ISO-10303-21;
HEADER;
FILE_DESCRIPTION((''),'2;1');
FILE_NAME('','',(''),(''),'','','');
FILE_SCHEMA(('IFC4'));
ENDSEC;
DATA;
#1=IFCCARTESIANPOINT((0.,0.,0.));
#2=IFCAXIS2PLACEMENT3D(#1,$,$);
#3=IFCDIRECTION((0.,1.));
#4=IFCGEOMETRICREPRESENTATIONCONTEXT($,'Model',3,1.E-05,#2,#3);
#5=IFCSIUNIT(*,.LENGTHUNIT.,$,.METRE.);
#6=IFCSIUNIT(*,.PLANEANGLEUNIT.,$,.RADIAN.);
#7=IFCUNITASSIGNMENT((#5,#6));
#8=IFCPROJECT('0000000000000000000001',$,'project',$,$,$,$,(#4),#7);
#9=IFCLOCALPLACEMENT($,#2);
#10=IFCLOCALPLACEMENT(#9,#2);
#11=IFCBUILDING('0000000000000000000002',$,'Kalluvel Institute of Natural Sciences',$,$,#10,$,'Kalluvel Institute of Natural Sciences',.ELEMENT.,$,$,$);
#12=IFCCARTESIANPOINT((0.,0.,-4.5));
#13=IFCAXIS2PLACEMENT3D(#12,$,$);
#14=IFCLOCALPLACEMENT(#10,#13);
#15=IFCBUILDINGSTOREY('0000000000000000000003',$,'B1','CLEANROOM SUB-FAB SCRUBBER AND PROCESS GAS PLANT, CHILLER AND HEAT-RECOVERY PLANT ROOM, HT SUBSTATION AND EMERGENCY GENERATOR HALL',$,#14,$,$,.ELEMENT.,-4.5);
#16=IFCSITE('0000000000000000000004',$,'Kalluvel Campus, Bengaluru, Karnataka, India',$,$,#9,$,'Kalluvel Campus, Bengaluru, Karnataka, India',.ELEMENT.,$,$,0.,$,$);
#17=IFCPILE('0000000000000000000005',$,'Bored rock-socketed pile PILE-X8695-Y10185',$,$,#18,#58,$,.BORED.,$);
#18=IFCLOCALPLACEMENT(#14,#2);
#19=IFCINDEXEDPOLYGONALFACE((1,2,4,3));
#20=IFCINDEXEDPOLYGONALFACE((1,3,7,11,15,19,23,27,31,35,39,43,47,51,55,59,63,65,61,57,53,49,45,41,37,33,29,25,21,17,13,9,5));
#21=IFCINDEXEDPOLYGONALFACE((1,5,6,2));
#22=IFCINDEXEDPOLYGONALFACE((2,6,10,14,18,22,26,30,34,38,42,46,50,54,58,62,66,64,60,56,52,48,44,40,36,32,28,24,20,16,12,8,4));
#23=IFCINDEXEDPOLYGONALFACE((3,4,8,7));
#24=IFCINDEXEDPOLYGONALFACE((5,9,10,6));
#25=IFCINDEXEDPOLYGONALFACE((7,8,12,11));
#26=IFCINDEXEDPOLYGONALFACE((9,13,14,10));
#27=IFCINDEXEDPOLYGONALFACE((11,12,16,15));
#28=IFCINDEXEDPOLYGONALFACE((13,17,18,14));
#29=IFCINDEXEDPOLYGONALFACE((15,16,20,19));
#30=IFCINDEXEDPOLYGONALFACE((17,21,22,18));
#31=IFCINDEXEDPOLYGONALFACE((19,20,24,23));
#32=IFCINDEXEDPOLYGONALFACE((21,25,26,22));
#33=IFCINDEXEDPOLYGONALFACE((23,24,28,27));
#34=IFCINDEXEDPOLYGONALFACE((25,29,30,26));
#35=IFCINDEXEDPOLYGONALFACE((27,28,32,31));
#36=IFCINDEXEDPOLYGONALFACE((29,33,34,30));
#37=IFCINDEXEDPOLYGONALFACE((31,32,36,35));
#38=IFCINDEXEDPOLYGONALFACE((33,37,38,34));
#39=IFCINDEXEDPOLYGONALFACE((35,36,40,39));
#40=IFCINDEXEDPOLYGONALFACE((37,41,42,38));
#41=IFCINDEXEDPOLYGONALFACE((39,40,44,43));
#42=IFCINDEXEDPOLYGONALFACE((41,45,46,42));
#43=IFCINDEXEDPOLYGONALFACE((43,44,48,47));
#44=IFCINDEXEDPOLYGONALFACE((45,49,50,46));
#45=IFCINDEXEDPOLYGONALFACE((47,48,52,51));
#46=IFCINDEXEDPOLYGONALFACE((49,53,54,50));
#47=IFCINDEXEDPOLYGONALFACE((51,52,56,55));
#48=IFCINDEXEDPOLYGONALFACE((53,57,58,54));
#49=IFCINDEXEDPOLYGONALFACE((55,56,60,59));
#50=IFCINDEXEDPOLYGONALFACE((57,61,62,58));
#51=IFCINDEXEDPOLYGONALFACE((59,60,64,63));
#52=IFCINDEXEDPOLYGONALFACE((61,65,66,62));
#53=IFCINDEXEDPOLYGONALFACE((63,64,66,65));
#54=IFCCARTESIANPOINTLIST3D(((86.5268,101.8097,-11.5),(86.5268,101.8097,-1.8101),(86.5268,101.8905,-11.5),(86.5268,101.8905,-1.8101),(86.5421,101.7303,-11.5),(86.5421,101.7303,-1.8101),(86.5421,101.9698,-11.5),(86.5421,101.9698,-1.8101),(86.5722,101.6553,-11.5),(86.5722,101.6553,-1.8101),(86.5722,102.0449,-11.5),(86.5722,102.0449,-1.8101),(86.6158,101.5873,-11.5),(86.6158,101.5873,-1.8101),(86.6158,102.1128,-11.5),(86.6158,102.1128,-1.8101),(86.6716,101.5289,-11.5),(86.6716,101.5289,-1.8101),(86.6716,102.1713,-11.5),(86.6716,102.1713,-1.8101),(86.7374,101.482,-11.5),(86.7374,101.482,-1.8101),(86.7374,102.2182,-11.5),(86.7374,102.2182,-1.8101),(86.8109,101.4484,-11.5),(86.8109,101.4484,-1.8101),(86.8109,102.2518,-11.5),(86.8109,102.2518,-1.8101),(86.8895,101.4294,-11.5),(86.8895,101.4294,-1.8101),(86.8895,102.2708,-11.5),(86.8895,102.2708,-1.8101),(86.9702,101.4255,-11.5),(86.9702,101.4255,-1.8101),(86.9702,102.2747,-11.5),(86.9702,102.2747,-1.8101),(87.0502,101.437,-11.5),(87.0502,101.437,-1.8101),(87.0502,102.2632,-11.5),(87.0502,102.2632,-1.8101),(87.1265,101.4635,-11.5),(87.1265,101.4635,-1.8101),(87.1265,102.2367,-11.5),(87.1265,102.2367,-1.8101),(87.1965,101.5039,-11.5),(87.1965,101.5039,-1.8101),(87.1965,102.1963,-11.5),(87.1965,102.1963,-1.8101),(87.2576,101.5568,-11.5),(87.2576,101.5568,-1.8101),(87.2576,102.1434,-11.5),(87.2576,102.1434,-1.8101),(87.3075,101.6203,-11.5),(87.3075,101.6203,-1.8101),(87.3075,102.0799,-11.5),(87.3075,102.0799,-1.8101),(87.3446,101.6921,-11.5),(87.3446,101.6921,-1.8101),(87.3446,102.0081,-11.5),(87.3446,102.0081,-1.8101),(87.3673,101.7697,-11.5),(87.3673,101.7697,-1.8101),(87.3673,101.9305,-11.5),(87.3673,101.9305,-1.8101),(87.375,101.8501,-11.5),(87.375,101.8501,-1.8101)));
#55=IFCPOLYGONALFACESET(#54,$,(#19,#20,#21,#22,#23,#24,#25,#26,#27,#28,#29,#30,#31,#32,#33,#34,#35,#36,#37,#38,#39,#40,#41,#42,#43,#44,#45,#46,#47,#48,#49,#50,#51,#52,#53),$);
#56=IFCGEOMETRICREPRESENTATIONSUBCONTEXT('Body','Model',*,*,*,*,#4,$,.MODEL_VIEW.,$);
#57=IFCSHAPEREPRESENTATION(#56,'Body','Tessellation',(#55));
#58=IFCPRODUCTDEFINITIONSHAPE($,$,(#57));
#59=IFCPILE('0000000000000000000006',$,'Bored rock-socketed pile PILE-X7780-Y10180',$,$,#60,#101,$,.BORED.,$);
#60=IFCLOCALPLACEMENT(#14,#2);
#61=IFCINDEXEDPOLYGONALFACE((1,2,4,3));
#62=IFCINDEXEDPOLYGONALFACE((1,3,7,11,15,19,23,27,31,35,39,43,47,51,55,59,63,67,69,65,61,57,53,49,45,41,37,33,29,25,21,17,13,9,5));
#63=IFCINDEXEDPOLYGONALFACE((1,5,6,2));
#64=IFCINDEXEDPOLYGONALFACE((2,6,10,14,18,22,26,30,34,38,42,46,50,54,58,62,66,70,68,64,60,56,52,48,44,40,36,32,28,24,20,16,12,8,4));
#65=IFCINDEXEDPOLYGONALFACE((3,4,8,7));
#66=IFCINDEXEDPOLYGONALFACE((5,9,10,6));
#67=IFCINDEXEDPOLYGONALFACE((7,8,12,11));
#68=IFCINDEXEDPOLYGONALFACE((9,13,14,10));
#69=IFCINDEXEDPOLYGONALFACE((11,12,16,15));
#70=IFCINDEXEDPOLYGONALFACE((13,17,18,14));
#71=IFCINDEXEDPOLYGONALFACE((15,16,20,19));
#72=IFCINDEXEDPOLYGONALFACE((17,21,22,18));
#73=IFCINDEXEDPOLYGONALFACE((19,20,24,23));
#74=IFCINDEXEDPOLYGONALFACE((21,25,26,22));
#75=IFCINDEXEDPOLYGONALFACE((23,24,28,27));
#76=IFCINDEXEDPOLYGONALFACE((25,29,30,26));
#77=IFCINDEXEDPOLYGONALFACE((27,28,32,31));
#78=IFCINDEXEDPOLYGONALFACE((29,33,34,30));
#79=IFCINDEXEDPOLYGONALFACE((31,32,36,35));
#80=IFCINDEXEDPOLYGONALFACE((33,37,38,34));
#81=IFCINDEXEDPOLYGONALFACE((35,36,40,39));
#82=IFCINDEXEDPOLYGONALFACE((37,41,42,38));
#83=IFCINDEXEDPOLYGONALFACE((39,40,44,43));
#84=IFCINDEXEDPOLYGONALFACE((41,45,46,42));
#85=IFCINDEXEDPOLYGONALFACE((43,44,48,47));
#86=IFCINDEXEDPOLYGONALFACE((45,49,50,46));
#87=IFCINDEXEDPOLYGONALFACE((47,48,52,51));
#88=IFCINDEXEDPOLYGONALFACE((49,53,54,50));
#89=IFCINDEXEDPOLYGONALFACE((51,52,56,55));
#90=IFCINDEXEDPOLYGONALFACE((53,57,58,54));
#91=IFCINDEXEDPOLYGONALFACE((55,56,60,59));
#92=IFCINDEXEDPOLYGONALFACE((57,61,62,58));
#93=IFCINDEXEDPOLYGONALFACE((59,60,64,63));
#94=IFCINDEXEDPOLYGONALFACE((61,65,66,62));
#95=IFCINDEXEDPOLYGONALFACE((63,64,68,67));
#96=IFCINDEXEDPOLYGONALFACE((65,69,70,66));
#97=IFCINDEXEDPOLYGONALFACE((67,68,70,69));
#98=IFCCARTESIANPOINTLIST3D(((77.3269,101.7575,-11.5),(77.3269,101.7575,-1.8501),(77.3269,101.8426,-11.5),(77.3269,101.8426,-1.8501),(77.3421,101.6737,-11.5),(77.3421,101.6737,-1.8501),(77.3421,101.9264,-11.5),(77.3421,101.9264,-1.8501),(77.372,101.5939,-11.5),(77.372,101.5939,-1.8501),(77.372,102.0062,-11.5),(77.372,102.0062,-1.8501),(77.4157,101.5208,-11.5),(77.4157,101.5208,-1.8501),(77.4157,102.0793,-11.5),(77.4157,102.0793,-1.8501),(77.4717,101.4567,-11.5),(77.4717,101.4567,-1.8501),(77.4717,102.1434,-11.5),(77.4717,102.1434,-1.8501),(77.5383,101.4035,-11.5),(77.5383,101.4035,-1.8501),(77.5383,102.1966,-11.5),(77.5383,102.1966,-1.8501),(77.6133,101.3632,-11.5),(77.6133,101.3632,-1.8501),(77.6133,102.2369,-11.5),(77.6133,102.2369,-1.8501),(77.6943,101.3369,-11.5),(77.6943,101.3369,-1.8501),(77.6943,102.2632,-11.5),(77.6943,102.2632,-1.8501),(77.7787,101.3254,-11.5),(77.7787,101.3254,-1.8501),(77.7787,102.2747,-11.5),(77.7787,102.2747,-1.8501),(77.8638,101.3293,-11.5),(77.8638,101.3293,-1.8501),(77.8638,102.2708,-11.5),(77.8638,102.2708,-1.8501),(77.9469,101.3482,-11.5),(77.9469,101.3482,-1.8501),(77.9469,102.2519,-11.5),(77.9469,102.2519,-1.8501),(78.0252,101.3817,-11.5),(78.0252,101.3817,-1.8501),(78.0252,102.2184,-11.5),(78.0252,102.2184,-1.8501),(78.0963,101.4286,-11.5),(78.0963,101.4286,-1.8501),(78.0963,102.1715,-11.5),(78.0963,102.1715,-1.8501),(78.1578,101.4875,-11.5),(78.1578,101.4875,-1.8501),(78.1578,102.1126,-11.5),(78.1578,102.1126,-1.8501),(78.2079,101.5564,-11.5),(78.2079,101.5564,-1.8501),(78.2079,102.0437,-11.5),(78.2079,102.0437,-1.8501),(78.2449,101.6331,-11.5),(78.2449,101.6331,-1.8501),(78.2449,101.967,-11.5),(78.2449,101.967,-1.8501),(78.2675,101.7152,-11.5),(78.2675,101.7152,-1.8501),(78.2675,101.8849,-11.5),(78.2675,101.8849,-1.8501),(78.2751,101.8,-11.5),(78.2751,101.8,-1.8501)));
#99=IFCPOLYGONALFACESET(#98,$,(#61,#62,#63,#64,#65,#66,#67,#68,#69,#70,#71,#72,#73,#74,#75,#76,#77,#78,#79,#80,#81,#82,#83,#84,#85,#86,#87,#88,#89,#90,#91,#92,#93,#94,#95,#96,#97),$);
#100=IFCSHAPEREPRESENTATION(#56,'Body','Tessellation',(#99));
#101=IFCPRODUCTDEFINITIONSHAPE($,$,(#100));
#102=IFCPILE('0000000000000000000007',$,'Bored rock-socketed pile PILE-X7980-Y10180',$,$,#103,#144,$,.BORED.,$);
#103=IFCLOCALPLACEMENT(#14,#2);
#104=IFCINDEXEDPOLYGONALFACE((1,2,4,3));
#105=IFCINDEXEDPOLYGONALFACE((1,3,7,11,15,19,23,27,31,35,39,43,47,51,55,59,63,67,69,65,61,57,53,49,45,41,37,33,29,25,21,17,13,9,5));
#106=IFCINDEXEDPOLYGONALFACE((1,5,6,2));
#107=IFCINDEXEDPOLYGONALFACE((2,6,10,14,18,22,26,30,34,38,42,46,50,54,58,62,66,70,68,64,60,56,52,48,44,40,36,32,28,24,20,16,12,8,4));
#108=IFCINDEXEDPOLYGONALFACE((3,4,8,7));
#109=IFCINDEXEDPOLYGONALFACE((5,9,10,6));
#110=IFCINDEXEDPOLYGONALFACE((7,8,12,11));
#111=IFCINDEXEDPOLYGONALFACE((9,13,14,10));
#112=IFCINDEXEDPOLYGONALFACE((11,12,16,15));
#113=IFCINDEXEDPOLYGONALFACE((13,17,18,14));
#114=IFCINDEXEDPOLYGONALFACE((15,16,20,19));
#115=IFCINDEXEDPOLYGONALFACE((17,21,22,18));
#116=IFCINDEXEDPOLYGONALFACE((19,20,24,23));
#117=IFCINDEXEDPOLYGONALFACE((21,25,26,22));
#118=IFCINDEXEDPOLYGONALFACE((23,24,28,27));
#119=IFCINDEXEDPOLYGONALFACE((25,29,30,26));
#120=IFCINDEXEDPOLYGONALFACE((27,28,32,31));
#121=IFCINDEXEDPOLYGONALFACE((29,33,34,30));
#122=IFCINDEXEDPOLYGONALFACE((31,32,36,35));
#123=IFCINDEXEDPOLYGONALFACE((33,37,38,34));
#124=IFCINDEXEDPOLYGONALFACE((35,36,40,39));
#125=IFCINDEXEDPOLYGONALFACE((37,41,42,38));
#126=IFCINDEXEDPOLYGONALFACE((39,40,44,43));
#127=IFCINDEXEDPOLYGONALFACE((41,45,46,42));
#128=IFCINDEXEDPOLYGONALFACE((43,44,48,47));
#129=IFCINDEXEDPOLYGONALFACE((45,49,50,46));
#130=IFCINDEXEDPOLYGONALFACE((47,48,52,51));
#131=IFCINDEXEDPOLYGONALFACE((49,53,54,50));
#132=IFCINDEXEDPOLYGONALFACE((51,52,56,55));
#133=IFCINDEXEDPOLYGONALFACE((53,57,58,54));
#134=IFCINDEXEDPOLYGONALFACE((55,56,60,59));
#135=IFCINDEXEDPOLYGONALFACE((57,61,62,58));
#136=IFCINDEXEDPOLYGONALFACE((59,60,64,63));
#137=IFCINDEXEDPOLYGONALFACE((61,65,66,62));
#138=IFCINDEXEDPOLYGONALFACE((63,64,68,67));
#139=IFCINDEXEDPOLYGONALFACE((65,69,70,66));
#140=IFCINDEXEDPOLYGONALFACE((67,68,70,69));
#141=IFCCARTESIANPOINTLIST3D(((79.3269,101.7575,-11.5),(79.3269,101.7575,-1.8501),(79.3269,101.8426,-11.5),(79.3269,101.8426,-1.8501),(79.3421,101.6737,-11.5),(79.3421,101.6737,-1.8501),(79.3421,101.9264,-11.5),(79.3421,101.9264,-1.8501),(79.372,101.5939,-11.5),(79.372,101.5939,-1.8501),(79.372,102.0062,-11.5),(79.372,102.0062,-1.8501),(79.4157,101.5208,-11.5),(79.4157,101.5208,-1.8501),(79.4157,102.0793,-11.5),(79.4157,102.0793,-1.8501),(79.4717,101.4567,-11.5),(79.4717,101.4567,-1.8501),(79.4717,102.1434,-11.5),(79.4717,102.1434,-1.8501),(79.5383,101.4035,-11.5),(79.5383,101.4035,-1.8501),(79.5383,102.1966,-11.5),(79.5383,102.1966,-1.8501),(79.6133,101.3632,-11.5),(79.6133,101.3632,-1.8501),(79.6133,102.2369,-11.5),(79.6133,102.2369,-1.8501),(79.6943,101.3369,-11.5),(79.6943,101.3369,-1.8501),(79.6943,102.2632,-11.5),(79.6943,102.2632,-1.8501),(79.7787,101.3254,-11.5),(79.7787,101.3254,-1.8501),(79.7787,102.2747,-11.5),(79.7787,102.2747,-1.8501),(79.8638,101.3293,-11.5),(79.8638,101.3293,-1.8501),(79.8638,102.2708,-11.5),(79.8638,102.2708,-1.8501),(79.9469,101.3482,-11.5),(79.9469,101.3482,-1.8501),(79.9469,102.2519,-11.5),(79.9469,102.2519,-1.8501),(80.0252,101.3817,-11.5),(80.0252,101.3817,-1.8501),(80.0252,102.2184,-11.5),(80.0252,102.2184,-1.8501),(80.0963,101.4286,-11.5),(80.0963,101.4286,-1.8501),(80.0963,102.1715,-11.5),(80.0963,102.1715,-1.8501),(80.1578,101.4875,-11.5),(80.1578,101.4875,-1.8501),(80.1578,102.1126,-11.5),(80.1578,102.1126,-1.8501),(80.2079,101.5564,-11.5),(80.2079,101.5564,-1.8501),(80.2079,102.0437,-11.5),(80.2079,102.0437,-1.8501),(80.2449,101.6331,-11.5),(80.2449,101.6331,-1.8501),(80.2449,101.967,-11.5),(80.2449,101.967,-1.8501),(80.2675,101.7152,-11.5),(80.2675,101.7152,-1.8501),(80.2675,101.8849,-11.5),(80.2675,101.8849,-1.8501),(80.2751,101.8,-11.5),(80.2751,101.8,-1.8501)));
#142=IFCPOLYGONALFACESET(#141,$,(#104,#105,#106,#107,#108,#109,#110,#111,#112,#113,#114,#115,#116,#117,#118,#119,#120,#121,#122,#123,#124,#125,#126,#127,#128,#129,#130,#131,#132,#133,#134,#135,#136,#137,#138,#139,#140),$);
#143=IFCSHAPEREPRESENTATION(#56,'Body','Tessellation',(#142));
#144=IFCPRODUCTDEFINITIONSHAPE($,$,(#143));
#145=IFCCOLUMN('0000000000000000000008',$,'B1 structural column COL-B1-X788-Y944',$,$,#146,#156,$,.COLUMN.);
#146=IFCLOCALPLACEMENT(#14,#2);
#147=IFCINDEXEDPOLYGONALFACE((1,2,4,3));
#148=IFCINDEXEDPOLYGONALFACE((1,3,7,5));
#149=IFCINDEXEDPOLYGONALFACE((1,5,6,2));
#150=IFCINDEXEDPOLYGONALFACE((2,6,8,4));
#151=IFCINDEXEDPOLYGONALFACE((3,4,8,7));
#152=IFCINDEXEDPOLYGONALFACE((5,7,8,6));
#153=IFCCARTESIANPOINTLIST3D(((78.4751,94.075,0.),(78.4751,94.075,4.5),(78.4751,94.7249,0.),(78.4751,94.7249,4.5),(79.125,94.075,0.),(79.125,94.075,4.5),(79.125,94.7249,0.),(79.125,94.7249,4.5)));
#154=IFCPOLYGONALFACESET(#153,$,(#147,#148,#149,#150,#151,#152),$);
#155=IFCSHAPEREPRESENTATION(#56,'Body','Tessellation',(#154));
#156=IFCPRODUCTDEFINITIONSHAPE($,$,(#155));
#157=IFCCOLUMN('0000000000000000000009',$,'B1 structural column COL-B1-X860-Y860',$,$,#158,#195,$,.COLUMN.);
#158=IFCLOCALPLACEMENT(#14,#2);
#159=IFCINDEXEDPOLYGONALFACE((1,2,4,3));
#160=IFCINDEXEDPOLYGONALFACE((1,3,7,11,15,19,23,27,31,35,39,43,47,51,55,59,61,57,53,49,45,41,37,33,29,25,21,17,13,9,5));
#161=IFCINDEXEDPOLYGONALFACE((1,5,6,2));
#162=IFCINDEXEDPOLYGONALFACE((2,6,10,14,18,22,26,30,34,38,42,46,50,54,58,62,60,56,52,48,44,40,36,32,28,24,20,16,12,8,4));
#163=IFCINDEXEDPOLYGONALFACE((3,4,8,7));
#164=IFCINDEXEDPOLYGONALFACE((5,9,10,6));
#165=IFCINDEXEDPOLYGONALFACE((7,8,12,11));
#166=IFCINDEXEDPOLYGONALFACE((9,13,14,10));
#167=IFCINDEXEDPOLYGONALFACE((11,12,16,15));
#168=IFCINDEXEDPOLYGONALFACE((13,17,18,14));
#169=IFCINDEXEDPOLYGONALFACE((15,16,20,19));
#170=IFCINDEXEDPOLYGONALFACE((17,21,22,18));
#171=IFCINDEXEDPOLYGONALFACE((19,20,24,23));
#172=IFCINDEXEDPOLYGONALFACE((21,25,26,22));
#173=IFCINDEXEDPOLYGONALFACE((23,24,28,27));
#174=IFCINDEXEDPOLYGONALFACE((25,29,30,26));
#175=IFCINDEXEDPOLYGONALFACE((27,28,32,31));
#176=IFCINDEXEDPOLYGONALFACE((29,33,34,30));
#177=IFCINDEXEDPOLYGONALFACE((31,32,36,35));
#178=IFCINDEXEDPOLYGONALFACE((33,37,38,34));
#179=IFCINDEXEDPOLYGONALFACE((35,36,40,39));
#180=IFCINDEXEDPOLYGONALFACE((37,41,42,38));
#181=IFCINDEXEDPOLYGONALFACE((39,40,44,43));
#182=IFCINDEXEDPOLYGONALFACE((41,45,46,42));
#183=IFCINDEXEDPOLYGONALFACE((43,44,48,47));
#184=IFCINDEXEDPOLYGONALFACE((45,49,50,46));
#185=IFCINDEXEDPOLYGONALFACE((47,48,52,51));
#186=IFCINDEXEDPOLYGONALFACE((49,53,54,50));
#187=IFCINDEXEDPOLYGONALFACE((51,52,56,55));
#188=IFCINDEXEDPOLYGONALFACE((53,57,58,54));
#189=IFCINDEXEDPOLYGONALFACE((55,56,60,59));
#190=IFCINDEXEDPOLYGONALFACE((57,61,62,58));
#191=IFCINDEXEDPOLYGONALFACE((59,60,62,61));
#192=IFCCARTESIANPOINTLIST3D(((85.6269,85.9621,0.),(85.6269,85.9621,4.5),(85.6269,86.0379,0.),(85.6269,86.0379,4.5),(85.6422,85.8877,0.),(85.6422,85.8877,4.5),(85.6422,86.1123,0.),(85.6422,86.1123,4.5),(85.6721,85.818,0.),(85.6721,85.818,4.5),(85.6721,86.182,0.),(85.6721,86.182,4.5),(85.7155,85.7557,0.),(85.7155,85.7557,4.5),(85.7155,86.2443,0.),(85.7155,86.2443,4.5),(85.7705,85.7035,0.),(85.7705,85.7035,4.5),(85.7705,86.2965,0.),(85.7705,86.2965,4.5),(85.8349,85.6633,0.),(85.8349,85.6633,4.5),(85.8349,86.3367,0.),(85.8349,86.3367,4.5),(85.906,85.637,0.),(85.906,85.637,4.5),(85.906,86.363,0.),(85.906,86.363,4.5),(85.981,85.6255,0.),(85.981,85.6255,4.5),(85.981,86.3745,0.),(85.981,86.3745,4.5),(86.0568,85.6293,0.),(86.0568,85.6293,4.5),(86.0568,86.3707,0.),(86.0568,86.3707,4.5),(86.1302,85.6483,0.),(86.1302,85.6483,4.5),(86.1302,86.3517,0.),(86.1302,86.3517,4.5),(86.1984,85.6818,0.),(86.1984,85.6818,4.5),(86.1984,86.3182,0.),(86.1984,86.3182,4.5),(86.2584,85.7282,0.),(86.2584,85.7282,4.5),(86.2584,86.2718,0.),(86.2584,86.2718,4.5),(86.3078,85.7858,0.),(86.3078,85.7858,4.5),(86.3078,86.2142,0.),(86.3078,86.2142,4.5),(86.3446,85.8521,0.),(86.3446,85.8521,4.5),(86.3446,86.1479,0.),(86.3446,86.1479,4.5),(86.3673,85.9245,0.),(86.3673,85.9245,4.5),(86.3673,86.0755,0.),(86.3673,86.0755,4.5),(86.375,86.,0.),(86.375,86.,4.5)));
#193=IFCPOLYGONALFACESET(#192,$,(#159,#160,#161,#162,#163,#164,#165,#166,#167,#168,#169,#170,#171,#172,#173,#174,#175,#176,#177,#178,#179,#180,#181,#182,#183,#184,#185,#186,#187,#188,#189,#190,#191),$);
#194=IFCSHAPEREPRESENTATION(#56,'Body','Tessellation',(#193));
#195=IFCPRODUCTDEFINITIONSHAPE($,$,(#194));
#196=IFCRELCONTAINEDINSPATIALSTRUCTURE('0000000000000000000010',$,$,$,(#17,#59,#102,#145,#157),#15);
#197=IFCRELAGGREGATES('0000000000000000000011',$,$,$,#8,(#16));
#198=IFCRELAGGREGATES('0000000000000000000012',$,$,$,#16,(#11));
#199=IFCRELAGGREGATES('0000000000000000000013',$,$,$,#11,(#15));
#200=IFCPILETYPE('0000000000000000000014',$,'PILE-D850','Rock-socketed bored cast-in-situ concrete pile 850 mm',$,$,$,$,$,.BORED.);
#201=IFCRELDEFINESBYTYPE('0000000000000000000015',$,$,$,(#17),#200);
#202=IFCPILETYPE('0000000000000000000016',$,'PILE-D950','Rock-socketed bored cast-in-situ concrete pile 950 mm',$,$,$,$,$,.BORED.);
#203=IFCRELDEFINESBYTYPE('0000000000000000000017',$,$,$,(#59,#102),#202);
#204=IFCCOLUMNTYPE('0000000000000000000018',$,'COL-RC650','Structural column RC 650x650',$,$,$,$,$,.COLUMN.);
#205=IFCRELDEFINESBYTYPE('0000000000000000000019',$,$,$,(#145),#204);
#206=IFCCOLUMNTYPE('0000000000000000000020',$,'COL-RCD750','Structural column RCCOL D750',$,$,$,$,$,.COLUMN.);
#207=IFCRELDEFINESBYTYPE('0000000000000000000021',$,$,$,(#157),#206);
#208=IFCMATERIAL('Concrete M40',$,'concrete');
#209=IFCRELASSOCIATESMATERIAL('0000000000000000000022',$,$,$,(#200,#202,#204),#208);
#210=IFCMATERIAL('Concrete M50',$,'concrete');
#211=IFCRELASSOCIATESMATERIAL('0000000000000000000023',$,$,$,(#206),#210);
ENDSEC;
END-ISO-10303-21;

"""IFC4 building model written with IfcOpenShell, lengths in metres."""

from ifc_helpers import new_model, si_unit, direction, frame, origin, origin_2d, place, context, subcontext, project, spatial, rectangle, circle, extrude, material, material_profile, profile_set, type_object, element, save


model = new_model("IFC4")

# Units and contexts
model_context = context("Model", 3, precision=1e-05, world=origin(), true_north=direction((0.0, 1.0)))
body_context = subcontext(model_context, "Body", "Model", "MODEL_VIEW")
ifc_project = project(units=[si_unit("LENGTHUNIT", "METRE"), si_unit("PLANEANGLEUNIT", "RADIAN")], contexts=[model_context])

# Site, building, storey
site_placement = place(None, origin())
site = spatial("IfcSite", under=ifc_project, at=site_placement, Name="Kalluvel Campus, Bengaluru, Karnataka, India", LongName="Kalluvel Campus, Bengaluru, Karnataka, India", CompositionType="ELEMENT", RefElevation=0.0)
building_placement = place(site_placement, origin())
building = spatial("IfcBuilding", under=site, at=building_placement, Name="Kalluvel Institute of Natural Sciences", LongName="Kalluvel Institute of Natural Sciences", CompositionType="ELEMENT")
storey_placement = place(building_placement, frame((0.0, 0.0, -4.5)))
storey = spatial("IfcBuildingStorey", under=building, at=storey_placement, Name="B1", Description="CLEANROOM SUB-FAB SCRUBBER AND PROCESS GAS PLANT, CHILLER AND HEAT-RECOVERY PLANT ROOM, HT SUBSTATION AND EMERGENCY GENERATOR HALL", CompositionType="ELEMENT", Elevation=-4.5)

# Shared definitions
ifc_material_1 = material(Name="Concrete M40", Category="concrete")

# Piles
ifc_material_profile_1 = material_profile(ifc_material_1, circle(Radius=0.425, at=origin_2d()), Name="PILE D850")
ifc_profile_set_1 = profile_set([ifc_material_profile_1], Name="Concrete M40")
pile_type_1 = type_object("IfcPileType", Name="PILE-D850", Description="Rock-socketed bored cast-in-situ concrete pile 850 mm", PredefinedType="BORED", material=ifc_profile_set_1)
for number, where, z_axis, x_axis, name in (
    (1, (86.95, 101.8501, -1.8101), (0.0, 0.0, -1.0), (1.0, 0.0, 0.0), "Bored rock-socketed pile PILE-X8695-Y10185"),
):
    element("IfcPile", number, at=place(storey_placement, frame(where, z_axis=z_axis, x_axis=x_axis)), inside=storey, type_object=pile_type_1, Name=name, PredefinedType="BORED", context=body_context, shape_type="SweptSolid", body=[
        extrude(circle(Radius=0.425, at=origin_2d()), origin(), (0.0, 0.0, 1.0), 9.6899),
    ])
ifc_material_profile_2 = material_profile(ifc_material_1, circle(Radius=0.4751, at=origin_2d()), Name="PILE D950")
ifc_profile_set_2 = profile_set([ifc_material_profile_2], Name="Concrete M40")
pile_type_2 = type_object("IfcPileType", Name="PILE-D950", Description="Rock-socketed bored cast-in-situ concrete pile 950 mm", PredefinedType="BORED", material=ifc_profile_set_2)
for number, where, z_axis, x_axis, name in (
    (2, (77.8, 101.8, -1.8501), (0.0, 0.0, -1.0), (1.0, 0.0, 0.0), "Bored rock-socketed pile PILE-X7780-Y10180"),
    (3, (79.8, 101.8, -1.8501), (0.0, 0.0, -1.0), (1.0, 0.0, 0.0), "Bored rock-socketed pile PILE-X7980-Y10180"),
):
    element("IfcPile", number, at=place(storey_placement, frame(where, z_axis=z_axis, x_axis=x_axis)), inside=storey, type_object=pile_type_2, Name=name, PredefinedType="BORED", context=body_context, shape_type="SweptSolid", body=[
        extrude(circle(Radius=0.4751, at=origin_2d()), origin(), (0.0, 0.0, 1.0), 9.6499),
    ])

# Columns
ifc_material_profile_3 = material_profile(ifc_material_1, rectangle(XDim=0.6499, YDim=0.6499, at=origin_2d()), Name="RC 650x650")
ifc_profile_set_3 = profile_set([ifc_material_profile_3], Name="Concrete M40")
column_type_1 = type_object("IfcColumnType", Name="COL-RC650", Description="Structural column RC 650x650", PredefinedType="COLUMN", material=ifc_profile_set_3)
column_placement = place(storey_placement, frame((78.8, 94.3999, 0.0), z_axis=(0.0, 0.0, 1.0), x_axis=(1.0, 0.0, 0.0)))
element("IfcColumn", 4, at=column_placement, inside=storey, type_object=column_type_1, Name="B1 structural column COL-B1-X788-Y944", PredefinedType="COLUMN", context=body_context, shape_type="SweptSolid", body=[
    extrude(rectangle(XDim=0.6499, YDim=0.6499, at=origin_2d()), origin(), (0.0, 0.0, 1.0), 4.5),
])
ifc_material_2 = material(Name="Concrete M50", Category="concrete")
ifc_material_profile_4 = material_profile(ifc_material_2, circle(Radius=0.375, at=origin_2d()), Name="RCCOL D750")
ifc_profile_set_4 = profile_set([ifc_material_profile_4], Name="Concrete M50")
column_type_2 = type_object("IfcColumnType", Name="COL-RCD750", Description="Structural column RCCOL D750", PredefinedType="COLUMN", material=ifc_profile_set_4)
for number, where, z_axis, x_axis, name in (
    (5, (86.0, 86.0, 0.0), (0.0, 0.0, 1.0), (1.0, 0.0, 0.0), "B1 structural column COL-B1-X860-Y860"),
):
    element("IfcColumn", number, at=place(storey_placement, frame(where, z_axis=z_axis, x_axis=x_axis)), inside=storey, type_object=column_type_2, Name=name, PredefinedType="COLUMN", context=body_context, shape_type="SweptSolid", body=[
        extrude(circle(Radius=0.375, at=origin_2d()), origin(), (0.0, 0.0, 1.0), 4.5),
    ])

save(model, "model.ifc")
